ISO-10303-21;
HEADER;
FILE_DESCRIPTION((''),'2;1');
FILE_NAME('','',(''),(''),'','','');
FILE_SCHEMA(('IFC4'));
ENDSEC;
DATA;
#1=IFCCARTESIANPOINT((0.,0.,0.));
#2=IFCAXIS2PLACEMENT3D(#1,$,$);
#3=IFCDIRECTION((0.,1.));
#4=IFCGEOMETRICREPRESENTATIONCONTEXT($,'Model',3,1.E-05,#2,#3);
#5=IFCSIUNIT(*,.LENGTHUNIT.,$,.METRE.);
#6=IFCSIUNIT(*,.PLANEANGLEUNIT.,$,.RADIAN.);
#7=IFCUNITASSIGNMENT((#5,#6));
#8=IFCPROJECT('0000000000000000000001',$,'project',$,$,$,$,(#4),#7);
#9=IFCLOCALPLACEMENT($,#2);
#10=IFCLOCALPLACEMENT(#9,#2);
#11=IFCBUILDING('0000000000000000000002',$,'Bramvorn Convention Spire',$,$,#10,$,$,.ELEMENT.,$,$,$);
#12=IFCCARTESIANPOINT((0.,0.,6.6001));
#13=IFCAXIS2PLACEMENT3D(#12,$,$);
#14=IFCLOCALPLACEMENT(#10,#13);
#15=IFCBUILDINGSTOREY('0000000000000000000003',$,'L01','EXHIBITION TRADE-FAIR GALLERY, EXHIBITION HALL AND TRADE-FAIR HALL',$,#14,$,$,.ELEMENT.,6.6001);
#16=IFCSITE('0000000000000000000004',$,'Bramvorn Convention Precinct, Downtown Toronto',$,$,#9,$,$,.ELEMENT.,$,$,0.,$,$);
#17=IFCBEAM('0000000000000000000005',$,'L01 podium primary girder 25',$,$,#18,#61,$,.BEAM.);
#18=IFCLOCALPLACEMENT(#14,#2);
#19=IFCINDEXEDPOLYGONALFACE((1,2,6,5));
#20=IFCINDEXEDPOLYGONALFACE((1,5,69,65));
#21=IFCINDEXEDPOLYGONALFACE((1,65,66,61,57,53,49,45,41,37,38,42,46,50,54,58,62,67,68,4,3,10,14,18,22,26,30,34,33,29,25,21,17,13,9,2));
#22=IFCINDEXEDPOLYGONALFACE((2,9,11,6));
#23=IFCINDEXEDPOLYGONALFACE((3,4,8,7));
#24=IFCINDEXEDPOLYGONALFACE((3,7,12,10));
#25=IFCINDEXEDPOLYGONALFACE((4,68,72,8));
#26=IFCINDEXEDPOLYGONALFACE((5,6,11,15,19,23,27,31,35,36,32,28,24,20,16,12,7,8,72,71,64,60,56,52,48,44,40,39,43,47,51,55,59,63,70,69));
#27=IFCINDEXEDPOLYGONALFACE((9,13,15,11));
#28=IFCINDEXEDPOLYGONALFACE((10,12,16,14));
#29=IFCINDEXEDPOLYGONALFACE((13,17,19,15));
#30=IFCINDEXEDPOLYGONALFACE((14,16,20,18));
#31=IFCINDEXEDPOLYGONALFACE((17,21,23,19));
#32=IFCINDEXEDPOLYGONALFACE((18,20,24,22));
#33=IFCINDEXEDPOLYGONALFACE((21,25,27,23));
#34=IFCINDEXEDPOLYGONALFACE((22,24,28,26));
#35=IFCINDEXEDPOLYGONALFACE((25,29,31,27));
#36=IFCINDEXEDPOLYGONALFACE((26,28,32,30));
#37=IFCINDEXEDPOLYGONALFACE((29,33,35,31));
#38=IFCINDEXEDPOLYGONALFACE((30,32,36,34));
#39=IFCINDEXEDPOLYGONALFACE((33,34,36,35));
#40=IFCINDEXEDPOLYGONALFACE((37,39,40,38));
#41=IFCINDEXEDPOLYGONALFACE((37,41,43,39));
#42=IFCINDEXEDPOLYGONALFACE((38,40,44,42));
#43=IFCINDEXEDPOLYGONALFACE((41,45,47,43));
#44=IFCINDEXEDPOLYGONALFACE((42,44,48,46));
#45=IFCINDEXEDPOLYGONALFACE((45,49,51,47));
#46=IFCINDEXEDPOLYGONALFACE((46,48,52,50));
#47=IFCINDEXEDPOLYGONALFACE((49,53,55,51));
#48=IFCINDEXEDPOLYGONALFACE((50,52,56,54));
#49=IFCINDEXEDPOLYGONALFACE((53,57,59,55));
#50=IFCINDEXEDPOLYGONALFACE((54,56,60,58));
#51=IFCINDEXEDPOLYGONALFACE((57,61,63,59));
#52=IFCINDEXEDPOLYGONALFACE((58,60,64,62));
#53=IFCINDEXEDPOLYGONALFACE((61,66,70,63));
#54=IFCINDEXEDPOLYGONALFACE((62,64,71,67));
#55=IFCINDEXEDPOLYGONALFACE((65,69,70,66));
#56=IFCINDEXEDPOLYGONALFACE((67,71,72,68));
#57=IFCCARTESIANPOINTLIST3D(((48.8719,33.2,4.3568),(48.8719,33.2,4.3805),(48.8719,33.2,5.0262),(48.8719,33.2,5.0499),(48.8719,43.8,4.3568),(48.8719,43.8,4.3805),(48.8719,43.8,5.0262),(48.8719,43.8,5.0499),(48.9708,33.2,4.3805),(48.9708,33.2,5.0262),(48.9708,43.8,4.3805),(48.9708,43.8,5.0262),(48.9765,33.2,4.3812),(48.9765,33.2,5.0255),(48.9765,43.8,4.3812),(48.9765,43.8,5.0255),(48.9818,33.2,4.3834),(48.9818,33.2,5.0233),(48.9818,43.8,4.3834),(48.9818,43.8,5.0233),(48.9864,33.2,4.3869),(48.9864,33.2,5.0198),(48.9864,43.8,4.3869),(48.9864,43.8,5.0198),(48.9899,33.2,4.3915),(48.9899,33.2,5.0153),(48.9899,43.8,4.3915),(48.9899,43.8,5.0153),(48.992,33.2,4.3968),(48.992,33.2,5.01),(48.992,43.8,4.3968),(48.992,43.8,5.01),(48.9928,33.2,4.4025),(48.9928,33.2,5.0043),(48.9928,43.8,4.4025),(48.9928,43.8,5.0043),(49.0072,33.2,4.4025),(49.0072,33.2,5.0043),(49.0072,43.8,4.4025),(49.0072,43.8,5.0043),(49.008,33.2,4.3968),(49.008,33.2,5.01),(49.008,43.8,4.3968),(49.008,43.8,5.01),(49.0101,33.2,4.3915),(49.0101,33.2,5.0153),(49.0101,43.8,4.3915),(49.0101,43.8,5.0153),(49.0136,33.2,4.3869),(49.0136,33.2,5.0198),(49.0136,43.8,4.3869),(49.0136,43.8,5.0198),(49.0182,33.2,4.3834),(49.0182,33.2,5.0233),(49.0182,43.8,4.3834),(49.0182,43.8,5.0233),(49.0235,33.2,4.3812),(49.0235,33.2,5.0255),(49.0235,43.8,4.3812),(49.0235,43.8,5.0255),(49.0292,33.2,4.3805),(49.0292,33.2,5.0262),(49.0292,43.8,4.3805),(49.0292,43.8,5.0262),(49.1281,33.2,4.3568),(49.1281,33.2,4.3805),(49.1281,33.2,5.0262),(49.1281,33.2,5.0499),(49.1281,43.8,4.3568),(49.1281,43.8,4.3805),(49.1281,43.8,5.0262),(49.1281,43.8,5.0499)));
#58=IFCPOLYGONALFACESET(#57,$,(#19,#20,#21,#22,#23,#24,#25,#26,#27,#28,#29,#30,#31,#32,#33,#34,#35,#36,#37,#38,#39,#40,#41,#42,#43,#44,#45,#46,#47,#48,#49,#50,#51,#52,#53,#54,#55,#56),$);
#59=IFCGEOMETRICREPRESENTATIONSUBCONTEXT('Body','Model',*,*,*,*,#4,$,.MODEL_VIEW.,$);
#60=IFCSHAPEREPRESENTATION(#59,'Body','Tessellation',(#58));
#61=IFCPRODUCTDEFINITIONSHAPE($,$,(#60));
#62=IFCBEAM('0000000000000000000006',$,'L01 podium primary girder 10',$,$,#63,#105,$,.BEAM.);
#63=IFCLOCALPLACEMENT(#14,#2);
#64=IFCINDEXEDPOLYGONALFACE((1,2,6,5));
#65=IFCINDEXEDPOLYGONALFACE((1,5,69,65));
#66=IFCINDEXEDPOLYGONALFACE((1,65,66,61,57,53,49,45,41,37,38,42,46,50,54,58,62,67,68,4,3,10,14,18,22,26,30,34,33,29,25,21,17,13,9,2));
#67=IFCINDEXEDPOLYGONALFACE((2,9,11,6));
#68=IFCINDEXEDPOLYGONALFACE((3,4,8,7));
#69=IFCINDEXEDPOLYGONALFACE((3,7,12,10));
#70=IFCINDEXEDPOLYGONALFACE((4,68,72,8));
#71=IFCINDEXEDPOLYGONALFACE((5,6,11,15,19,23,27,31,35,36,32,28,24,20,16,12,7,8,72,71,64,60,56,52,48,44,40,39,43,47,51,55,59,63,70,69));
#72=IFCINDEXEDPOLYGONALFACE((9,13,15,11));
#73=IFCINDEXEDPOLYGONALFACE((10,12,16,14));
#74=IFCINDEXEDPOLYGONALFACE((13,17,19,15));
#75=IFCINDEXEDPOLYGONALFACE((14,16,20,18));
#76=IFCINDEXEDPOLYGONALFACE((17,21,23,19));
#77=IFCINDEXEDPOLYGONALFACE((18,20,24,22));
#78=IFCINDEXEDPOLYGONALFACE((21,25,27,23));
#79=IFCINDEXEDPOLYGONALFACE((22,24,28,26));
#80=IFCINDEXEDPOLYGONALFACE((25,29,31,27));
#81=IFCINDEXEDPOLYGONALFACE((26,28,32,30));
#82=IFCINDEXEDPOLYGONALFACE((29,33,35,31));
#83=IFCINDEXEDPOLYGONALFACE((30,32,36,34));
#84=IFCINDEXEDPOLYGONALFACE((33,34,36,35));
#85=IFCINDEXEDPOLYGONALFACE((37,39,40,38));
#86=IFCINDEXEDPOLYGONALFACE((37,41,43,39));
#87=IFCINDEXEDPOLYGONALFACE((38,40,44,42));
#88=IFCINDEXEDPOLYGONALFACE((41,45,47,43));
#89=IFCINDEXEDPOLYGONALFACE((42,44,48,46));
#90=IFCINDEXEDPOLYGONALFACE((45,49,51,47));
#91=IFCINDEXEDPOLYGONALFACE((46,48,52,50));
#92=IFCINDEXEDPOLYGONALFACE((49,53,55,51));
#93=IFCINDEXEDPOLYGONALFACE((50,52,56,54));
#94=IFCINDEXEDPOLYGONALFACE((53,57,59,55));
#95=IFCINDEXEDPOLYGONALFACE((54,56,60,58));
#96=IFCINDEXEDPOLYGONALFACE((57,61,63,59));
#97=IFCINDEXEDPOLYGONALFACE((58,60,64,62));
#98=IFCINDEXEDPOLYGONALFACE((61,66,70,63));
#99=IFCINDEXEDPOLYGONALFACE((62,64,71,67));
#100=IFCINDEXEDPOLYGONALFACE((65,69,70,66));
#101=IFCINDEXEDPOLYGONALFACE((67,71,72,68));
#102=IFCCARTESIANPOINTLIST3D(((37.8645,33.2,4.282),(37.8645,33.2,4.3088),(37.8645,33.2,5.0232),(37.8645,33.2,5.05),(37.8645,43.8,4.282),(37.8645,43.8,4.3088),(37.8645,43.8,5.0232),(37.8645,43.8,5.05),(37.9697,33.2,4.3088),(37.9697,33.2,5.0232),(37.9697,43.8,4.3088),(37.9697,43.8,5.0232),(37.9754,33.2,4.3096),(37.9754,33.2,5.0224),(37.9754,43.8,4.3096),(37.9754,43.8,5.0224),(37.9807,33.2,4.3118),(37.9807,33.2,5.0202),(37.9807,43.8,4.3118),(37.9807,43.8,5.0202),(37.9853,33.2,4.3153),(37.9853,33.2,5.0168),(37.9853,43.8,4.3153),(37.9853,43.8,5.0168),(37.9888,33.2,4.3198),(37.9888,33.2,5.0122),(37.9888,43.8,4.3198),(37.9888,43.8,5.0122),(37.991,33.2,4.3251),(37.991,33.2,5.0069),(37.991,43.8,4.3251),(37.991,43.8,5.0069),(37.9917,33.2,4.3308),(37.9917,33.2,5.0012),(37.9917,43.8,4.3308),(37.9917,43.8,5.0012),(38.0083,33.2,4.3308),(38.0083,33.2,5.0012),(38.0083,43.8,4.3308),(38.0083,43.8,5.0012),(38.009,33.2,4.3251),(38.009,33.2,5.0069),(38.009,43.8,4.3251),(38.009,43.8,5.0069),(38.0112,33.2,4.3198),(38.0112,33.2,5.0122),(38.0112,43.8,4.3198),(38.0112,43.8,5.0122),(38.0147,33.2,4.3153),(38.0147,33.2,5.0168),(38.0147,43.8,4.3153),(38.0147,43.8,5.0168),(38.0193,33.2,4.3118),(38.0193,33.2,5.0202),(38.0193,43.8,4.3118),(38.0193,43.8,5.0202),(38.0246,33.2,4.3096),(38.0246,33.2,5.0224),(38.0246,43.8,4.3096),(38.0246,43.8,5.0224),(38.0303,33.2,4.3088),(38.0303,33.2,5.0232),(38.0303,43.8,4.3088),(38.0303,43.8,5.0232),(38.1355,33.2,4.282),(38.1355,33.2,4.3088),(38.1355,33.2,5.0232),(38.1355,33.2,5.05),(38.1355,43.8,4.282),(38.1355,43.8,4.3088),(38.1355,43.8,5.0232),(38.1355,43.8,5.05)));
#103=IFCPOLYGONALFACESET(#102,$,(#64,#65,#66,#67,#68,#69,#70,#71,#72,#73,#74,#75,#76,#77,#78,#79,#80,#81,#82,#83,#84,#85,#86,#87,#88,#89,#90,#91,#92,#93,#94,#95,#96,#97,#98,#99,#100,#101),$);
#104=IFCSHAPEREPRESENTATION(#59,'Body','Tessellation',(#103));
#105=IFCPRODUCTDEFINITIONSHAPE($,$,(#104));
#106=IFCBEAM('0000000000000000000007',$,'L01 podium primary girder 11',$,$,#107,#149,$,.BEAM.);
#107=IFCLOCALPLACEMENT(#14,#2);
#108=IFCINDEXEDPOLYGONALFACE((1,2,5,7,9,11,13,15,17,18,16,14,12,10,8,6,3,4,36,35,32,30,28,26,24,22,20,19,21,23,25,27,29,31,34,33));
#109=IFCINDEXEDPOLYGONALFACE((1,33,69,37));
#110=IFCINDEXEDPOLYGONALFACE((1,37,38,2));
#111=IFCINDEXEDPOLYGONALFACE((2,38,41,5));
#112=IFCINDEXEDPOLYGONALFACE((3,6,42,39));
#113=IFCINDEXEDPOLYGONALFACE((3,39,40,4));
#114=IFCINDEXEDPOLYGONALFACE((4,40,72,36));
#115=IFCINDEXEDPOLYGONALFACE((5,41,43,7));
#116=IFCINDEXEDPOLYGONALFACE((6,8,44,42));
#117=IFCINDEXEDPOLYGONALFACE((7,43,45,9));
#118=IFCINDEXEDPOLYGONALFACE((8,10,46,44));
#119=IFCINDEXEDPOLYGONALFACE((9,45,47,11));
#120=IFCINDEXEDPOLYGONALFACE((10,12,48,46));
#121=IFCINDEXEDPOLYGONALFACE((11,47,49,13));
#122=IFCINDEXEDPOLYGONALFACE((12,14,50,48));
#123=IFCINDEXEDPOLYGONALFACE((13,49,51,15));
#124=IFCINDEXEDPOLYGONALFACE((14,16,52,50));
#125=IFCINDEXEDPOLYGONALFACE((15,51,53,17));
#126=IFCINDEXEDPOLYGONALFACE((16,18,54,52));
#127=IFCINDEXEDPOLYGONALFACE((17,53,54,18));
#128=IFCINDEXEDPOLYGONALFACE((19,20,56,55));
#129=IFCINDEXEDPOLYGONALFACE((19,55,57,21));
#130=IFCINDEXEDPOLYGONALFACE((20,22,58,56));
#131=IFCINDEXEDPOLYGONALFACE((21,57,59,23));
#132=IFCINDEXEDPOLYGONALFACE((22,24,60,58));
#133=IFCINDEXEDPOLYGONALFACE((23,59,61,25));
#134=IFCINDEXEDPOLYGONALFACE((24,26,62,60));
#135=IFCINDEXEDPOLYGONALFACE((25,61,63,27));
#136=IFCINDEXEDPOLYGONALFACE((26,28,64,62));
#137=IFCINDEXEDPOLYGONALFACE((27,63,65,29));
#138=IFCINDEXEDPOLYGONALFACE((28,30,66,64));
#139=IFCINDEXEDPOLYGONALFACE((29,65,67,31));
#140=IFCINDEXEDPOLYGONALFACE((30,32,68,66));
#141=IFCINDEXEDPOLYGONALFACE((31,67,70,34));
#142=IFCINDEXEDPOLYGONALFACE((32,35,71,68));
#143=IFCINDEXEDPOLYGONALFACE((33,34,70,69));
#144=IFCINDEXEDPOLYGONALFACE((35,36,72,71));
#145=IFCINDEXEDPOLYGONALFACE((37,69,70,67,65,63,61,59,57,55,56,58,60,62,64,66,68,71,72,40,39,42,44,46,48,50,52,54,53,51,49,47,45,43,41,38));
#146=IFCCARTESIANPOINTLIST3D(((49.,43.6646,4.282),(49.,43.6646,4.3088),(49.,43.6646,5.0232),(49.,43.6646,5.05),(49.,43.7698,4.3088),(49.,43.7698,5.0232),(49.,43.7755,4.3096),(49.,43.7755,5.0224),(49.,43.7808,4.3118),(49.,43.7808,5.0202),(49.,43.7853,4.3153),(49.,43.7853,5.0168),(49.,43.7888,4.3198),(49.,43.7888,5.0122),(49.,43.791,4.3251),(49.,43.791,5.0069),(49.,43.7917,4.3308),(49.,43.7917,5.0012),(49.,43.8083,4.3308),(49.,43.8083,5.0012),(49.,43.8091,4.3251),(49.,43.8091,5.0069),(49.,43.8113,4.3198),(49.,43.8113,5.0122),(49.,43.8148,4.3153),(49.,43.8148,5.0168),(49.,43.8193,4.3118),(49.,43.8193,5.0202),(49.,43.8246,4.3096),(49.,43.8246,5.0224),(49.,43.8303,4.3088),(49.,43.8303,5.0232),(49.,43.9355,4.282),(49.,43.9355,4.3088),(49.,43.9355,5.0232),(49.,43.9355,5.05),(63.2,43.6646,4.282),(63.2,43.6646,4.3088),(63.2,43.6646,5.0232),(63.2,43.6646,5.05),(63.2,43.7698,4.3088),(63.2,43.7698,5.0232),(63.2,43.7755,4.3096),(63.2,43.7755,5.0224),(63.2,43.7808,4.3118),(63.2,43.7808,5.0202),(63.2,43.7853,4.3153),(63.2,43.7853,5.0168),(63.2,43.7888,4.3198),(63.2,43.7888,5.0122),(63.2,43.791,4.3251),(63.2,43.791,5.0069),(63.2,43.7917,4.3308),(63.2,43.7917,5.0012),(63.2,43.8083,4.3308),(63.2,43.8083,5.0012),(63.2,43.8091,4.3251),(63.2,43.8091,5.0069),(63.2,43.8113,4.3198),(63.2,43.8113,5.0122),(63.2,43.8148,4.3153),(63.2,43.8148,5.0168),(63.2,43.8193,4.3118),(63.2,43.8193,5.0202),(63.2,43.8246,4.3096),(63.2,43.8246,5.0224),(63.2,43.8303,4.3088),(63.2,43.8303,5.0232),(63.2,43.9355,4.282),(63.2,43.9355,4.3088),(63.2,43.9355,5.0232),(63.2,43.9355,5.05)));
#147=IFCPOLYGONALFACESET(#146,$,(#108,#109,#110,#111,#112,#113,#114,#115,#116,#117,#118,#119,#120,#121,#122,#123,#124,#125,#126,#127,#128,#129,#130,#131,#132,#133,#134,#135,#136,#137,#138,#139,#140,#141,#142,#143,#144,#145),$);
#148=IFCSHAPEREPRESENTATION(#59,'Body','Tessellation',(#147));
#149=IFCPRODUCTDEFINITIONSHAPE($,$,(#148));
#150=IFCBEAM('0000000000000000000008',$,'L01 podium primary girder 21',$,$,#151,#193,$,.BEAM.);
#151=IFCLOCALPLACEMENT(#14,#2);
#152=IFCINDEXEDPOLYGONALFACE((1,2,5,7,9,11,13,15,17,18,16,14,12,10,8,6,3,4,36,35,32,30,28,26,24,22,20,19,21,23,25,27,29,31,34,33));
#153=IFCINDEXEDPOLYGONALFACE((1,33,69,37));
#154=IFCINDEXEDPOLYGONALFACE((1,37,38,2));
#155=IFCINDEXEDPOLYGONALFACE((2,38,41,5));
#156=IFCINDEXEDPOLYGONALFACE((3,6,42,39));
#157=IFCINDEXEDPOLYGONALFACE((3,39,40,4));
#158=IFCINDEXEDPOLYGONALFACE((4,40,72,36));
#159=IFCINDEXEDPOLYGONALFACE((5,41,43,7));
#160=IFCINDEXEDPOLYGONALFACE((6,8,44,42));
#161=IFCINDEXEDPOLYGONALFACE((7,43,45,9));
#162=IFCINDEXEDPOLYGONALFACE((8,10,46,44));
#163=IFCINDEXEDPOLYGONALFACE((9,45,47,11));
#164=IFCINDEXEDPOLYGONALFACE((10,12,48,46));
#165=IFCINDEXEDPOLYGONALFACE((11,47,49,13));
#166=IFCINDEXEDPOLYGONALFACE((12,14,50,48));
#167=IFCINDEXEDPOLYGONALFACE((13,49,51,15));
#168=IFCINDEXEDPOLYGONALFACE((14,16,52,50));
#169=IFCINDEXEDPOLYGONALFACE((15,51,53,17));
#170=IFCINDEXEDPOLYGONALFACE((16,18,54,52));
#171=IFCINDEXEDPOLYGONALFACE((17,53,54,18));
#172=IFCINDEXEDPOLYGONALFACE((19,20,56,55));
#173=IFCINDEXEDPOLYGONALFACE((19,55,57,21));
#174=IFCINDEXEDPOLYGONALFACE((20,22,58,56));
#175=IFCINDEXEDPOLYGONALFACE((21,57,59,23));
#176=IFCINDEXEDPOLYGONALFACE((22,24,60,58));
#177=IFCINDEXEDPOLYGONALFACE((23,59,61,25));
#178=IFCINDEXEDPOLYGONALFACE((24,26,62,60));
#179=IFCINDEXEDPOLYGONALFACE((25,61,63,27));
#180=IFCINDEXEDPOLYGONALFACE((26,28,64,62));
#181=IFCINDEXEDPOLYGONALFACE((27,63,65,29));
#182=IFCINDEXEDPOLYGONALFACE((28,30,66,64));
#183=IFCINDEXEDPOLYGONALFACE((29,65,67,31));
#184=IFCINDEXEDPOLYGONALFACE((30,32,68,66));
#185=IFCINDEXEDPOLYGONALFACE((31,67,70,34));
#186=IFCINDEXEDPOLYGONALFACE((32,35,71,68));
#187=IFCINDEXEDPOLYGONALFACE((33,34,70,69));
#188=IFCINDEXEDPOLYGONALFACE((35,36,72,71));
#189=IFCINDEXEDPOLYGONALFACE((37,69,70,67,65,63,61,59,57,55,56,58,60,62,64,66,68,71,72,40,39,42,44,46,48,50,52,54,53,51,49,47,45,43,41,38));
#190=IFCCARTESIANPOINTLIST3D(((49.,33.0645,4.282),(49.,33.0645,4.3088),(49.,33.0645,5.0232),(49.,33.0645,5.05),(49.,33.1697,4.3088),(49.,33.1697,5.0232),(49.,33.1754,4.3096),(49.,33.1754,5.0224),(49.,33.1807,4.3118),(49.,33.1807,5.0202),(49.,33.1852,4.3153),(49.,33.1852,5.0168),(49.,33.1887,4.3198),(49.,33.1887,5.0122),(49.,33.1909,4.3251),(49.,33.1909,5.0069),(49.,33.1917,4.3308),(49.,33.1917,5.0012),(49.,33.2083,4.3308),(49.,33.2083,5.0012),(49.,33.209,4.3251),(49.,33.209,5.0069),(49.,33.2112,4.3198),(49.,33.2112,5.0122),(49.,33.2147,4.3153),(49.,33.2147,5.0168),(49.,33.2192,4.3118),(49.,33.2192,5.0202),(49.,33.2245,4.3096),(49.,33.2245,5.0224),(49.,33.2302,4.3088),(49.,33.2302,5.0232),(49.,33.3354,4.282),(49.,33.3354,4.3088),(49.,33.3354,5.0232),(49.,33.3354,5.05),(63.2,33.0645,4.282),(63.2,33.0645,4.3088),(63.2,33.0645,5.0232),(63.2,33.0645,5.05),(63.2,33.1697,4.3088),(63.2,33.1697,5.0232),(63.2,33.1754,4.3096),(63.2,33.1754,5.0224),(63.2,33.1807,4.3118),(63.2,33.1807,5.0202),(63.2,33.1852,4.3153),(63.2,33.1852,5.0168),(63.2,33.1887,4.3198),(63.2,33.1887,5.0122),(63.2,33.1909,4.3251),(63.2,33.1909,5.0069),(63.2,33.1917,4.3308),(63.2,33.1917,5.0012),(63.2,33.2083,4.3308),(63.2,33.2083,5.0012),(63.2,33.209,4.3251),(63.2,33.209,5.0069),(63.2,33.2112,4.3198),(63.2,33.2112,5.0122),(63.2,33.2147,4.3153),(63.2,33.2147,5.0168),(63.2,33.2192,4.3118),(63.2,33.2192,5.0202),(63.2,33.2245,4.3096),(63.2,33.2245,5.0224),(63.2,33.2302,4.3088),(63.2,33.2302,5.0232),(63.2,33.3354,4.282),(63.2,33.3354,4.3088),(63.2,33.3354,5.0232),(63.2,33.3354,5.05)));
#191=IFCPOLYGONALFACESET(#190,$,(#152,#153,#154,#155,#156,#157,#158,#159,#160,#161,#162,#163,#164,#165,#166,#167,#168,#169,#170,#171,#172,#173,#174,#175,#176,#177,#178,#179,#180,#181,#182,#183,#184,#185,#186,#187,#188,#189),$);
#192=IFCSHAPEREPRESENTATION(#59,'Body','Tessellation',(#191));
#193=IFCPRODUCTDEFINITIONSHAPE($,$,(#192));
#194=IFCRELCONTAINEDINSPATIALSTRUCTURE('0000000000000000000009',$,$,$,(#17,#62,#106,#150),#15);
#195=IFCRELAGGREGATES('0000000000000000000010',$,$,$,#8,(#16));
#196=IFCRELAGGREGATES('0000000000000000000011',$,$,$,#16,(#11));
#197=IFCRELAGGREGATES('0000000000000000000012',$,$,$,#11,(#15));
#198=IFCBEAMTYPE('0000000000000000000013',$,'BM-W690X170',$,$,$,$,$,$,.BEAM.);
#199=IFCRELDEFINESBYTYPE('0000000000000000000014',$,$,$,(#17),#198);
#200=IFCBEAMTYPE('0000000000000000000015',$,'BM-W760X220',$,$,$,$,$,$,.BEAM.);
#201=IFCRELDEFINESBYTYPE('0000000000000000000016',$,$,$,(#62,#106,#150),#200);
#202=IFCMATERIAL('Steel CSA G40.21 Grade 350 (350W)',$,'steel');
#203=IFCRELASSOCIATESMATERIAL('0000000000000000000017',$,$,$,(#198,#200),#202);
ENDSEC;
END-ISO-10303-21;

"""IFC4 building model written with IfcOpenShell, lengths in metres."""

from ifc_helpers import new_model, si_unit, direction, frame, origin, origin_2d, place, context, subcontext, project, spatial, i_section, extrude, material, material_profile, profile_set, type_object, element, save


model = new_model("IFC4")

# Units and contexts
model_context = context("Model", 3, precision=1e-05, world=origin(), true_north=direction((0.0, 1.0)))
body_context = subcontext(model_context, "Body", "Model", "MODEL_VIEW")
ifc_project = project(units=[si_unit("LENGTHUNIT", "METRE"), si_unit("PLANEANGLEUNIT", "RADIAN")], contexts=[model_context])

# Site, building, storey
site_placement = place(None, origin())
site = spatial("IfcSite", under=ifc_project, at=site_placement, Name="Bramvorn Convention Precinct, Downtown Toronto", CompositionType="ELEMENT", RefElevation=0.0)
building_placement = place(site_placement, origin())
building = spatial("IfcBuilding", under=site, at=building_placement, Name="Bramvorn Convention Spire", CompositionType="ELEMENT")
storey_placement = place(building_placement, frame((0.0, 0.0, 6.6001)))
storey = spatial("IfcBuildingStorey", under=building, at=storey_placement, Name="L01", Description="EXHIBITION TRADE-FAIR GALLERY, EXHIBITION HALL AND TRADE-FAIR HALL", CompositionType="ELEMENT", Elevation=6.6001)

# Shared definitions
ifc_material_1 = material(Name="Steel CSA G40.21 Grade 350 (350W)", Category="steel")

# Beams
ifc_material_profile_1 = material_profile(ifc_material_1, i_section(OverallWidth=0.2561, OverallDepth=0.6931, WebThickness=0.0144, FlangeThickness=0.0237, FilletRadius=0.022, at=origin_2d()))
ifc_profile_set_1 = profile_set([ifc_material_profile_1], Name="Steel CSA G40.21 Grade 350 (350W) - W690X170")
beam_type_1 = type_object("IfcBeamType", Name="BM-W690X170", PredefinedType="BEAM", material=ifc_profile_set_1)
beam_1_placement = place(storey_placement, frame((49.0, 33.2, 4.7034), z_axis=(0.0, 1.0, 0.0), x_axis=(-1.0, 0.0, 0.0)))
element("IfcBeam", 1, at=beam_1_placement, inside=storey, type_object=beam_type_1, Name="L01 podium primary girder 25", PredefinedType="BEAM", context=body_context, shape_type="SweptSolid", body=[
    extrude(i_section(OverallWidth=0.2561, OverallDepth=0.6931, WebThickness=0.0144, FlangeThickness=0.0237, FilletRadius=0.022, at=origin_2d()), origin(), (0.0, 0.0, 1.0), 10.6001),
])
ifc_material_profile_2 = material_profile(ifc_material_1, i_section(OverallWidth=0.271, OverallDepth=0.7681, WebThickness=0.0166, FlangeThickness=0.0269, FilletRadius=0.022, at=origin_2d()))
ifc_profile_set_2 = profile_set([ifc_material_profile_2], Name="Steel CSA G40.21 Grade 350 (350W) - W760X220")
beam_type_2 = type_object("IfcBeamType", Name="BM-W760X220", PredefinedType="BEAM", material=ifc_profile_set_2)
beam_2_placement = place(storey_placement, frame((38.0, 33.2, 4.666), z_axis=(0.0, 1.0, 0.0), x_axis=(-1.0, 0.0, 0.0)))
element("IfcBeam", 2, at=beam_2_placement, inside=storey, type_object=beam_type_2, Name="L01 podium primary girder 10", PredefinedType="BEAM", context=body_context, shape_type="SweptSolid", body=[
    extrude(i_section(OverallWidth=0.271, OverallDepth=0.7681, WebThickness=0.0166, FlangeThickness=0.0269, FilletRadius=0.022, at=origin_2d()), origin(), (0.0, 0.0, 1.0), 10.6001),
])
for number, where, z_axis, x_axis, name in (
    (3, (49.0, 43.8, 4.666), (1.0, 0.0, 0.0), (0.0, 1.0, 0.0), "L01 podium primary girder 11"),
    (4, (49.0, 33.2, 4.666), (1.0, 0.0, 0.0), (0.0, 1.0, 0.0), "L01 podium primary girder 21"),
):
    element("IfcBeam", number, at=place(storey_placement, frame(where, z_axis=z_axis, x_axis=x_axis)), inside=storey, type_object=beam_type_2, Name=name, PredefinedType="BEAM", context=body_context, shape_type="SweptSolid", body=[
        extrude(i_section(OverallWidth=0.271, OverallDepth=0.7681, WebThickness=0.0166, FlangeThickness=0.0269, FilletRadius=0.022, at=origin_2d()), origin(), (0.0, 0.0, 1.0), 14.2),
    ])

save(model, "model.ifc")
